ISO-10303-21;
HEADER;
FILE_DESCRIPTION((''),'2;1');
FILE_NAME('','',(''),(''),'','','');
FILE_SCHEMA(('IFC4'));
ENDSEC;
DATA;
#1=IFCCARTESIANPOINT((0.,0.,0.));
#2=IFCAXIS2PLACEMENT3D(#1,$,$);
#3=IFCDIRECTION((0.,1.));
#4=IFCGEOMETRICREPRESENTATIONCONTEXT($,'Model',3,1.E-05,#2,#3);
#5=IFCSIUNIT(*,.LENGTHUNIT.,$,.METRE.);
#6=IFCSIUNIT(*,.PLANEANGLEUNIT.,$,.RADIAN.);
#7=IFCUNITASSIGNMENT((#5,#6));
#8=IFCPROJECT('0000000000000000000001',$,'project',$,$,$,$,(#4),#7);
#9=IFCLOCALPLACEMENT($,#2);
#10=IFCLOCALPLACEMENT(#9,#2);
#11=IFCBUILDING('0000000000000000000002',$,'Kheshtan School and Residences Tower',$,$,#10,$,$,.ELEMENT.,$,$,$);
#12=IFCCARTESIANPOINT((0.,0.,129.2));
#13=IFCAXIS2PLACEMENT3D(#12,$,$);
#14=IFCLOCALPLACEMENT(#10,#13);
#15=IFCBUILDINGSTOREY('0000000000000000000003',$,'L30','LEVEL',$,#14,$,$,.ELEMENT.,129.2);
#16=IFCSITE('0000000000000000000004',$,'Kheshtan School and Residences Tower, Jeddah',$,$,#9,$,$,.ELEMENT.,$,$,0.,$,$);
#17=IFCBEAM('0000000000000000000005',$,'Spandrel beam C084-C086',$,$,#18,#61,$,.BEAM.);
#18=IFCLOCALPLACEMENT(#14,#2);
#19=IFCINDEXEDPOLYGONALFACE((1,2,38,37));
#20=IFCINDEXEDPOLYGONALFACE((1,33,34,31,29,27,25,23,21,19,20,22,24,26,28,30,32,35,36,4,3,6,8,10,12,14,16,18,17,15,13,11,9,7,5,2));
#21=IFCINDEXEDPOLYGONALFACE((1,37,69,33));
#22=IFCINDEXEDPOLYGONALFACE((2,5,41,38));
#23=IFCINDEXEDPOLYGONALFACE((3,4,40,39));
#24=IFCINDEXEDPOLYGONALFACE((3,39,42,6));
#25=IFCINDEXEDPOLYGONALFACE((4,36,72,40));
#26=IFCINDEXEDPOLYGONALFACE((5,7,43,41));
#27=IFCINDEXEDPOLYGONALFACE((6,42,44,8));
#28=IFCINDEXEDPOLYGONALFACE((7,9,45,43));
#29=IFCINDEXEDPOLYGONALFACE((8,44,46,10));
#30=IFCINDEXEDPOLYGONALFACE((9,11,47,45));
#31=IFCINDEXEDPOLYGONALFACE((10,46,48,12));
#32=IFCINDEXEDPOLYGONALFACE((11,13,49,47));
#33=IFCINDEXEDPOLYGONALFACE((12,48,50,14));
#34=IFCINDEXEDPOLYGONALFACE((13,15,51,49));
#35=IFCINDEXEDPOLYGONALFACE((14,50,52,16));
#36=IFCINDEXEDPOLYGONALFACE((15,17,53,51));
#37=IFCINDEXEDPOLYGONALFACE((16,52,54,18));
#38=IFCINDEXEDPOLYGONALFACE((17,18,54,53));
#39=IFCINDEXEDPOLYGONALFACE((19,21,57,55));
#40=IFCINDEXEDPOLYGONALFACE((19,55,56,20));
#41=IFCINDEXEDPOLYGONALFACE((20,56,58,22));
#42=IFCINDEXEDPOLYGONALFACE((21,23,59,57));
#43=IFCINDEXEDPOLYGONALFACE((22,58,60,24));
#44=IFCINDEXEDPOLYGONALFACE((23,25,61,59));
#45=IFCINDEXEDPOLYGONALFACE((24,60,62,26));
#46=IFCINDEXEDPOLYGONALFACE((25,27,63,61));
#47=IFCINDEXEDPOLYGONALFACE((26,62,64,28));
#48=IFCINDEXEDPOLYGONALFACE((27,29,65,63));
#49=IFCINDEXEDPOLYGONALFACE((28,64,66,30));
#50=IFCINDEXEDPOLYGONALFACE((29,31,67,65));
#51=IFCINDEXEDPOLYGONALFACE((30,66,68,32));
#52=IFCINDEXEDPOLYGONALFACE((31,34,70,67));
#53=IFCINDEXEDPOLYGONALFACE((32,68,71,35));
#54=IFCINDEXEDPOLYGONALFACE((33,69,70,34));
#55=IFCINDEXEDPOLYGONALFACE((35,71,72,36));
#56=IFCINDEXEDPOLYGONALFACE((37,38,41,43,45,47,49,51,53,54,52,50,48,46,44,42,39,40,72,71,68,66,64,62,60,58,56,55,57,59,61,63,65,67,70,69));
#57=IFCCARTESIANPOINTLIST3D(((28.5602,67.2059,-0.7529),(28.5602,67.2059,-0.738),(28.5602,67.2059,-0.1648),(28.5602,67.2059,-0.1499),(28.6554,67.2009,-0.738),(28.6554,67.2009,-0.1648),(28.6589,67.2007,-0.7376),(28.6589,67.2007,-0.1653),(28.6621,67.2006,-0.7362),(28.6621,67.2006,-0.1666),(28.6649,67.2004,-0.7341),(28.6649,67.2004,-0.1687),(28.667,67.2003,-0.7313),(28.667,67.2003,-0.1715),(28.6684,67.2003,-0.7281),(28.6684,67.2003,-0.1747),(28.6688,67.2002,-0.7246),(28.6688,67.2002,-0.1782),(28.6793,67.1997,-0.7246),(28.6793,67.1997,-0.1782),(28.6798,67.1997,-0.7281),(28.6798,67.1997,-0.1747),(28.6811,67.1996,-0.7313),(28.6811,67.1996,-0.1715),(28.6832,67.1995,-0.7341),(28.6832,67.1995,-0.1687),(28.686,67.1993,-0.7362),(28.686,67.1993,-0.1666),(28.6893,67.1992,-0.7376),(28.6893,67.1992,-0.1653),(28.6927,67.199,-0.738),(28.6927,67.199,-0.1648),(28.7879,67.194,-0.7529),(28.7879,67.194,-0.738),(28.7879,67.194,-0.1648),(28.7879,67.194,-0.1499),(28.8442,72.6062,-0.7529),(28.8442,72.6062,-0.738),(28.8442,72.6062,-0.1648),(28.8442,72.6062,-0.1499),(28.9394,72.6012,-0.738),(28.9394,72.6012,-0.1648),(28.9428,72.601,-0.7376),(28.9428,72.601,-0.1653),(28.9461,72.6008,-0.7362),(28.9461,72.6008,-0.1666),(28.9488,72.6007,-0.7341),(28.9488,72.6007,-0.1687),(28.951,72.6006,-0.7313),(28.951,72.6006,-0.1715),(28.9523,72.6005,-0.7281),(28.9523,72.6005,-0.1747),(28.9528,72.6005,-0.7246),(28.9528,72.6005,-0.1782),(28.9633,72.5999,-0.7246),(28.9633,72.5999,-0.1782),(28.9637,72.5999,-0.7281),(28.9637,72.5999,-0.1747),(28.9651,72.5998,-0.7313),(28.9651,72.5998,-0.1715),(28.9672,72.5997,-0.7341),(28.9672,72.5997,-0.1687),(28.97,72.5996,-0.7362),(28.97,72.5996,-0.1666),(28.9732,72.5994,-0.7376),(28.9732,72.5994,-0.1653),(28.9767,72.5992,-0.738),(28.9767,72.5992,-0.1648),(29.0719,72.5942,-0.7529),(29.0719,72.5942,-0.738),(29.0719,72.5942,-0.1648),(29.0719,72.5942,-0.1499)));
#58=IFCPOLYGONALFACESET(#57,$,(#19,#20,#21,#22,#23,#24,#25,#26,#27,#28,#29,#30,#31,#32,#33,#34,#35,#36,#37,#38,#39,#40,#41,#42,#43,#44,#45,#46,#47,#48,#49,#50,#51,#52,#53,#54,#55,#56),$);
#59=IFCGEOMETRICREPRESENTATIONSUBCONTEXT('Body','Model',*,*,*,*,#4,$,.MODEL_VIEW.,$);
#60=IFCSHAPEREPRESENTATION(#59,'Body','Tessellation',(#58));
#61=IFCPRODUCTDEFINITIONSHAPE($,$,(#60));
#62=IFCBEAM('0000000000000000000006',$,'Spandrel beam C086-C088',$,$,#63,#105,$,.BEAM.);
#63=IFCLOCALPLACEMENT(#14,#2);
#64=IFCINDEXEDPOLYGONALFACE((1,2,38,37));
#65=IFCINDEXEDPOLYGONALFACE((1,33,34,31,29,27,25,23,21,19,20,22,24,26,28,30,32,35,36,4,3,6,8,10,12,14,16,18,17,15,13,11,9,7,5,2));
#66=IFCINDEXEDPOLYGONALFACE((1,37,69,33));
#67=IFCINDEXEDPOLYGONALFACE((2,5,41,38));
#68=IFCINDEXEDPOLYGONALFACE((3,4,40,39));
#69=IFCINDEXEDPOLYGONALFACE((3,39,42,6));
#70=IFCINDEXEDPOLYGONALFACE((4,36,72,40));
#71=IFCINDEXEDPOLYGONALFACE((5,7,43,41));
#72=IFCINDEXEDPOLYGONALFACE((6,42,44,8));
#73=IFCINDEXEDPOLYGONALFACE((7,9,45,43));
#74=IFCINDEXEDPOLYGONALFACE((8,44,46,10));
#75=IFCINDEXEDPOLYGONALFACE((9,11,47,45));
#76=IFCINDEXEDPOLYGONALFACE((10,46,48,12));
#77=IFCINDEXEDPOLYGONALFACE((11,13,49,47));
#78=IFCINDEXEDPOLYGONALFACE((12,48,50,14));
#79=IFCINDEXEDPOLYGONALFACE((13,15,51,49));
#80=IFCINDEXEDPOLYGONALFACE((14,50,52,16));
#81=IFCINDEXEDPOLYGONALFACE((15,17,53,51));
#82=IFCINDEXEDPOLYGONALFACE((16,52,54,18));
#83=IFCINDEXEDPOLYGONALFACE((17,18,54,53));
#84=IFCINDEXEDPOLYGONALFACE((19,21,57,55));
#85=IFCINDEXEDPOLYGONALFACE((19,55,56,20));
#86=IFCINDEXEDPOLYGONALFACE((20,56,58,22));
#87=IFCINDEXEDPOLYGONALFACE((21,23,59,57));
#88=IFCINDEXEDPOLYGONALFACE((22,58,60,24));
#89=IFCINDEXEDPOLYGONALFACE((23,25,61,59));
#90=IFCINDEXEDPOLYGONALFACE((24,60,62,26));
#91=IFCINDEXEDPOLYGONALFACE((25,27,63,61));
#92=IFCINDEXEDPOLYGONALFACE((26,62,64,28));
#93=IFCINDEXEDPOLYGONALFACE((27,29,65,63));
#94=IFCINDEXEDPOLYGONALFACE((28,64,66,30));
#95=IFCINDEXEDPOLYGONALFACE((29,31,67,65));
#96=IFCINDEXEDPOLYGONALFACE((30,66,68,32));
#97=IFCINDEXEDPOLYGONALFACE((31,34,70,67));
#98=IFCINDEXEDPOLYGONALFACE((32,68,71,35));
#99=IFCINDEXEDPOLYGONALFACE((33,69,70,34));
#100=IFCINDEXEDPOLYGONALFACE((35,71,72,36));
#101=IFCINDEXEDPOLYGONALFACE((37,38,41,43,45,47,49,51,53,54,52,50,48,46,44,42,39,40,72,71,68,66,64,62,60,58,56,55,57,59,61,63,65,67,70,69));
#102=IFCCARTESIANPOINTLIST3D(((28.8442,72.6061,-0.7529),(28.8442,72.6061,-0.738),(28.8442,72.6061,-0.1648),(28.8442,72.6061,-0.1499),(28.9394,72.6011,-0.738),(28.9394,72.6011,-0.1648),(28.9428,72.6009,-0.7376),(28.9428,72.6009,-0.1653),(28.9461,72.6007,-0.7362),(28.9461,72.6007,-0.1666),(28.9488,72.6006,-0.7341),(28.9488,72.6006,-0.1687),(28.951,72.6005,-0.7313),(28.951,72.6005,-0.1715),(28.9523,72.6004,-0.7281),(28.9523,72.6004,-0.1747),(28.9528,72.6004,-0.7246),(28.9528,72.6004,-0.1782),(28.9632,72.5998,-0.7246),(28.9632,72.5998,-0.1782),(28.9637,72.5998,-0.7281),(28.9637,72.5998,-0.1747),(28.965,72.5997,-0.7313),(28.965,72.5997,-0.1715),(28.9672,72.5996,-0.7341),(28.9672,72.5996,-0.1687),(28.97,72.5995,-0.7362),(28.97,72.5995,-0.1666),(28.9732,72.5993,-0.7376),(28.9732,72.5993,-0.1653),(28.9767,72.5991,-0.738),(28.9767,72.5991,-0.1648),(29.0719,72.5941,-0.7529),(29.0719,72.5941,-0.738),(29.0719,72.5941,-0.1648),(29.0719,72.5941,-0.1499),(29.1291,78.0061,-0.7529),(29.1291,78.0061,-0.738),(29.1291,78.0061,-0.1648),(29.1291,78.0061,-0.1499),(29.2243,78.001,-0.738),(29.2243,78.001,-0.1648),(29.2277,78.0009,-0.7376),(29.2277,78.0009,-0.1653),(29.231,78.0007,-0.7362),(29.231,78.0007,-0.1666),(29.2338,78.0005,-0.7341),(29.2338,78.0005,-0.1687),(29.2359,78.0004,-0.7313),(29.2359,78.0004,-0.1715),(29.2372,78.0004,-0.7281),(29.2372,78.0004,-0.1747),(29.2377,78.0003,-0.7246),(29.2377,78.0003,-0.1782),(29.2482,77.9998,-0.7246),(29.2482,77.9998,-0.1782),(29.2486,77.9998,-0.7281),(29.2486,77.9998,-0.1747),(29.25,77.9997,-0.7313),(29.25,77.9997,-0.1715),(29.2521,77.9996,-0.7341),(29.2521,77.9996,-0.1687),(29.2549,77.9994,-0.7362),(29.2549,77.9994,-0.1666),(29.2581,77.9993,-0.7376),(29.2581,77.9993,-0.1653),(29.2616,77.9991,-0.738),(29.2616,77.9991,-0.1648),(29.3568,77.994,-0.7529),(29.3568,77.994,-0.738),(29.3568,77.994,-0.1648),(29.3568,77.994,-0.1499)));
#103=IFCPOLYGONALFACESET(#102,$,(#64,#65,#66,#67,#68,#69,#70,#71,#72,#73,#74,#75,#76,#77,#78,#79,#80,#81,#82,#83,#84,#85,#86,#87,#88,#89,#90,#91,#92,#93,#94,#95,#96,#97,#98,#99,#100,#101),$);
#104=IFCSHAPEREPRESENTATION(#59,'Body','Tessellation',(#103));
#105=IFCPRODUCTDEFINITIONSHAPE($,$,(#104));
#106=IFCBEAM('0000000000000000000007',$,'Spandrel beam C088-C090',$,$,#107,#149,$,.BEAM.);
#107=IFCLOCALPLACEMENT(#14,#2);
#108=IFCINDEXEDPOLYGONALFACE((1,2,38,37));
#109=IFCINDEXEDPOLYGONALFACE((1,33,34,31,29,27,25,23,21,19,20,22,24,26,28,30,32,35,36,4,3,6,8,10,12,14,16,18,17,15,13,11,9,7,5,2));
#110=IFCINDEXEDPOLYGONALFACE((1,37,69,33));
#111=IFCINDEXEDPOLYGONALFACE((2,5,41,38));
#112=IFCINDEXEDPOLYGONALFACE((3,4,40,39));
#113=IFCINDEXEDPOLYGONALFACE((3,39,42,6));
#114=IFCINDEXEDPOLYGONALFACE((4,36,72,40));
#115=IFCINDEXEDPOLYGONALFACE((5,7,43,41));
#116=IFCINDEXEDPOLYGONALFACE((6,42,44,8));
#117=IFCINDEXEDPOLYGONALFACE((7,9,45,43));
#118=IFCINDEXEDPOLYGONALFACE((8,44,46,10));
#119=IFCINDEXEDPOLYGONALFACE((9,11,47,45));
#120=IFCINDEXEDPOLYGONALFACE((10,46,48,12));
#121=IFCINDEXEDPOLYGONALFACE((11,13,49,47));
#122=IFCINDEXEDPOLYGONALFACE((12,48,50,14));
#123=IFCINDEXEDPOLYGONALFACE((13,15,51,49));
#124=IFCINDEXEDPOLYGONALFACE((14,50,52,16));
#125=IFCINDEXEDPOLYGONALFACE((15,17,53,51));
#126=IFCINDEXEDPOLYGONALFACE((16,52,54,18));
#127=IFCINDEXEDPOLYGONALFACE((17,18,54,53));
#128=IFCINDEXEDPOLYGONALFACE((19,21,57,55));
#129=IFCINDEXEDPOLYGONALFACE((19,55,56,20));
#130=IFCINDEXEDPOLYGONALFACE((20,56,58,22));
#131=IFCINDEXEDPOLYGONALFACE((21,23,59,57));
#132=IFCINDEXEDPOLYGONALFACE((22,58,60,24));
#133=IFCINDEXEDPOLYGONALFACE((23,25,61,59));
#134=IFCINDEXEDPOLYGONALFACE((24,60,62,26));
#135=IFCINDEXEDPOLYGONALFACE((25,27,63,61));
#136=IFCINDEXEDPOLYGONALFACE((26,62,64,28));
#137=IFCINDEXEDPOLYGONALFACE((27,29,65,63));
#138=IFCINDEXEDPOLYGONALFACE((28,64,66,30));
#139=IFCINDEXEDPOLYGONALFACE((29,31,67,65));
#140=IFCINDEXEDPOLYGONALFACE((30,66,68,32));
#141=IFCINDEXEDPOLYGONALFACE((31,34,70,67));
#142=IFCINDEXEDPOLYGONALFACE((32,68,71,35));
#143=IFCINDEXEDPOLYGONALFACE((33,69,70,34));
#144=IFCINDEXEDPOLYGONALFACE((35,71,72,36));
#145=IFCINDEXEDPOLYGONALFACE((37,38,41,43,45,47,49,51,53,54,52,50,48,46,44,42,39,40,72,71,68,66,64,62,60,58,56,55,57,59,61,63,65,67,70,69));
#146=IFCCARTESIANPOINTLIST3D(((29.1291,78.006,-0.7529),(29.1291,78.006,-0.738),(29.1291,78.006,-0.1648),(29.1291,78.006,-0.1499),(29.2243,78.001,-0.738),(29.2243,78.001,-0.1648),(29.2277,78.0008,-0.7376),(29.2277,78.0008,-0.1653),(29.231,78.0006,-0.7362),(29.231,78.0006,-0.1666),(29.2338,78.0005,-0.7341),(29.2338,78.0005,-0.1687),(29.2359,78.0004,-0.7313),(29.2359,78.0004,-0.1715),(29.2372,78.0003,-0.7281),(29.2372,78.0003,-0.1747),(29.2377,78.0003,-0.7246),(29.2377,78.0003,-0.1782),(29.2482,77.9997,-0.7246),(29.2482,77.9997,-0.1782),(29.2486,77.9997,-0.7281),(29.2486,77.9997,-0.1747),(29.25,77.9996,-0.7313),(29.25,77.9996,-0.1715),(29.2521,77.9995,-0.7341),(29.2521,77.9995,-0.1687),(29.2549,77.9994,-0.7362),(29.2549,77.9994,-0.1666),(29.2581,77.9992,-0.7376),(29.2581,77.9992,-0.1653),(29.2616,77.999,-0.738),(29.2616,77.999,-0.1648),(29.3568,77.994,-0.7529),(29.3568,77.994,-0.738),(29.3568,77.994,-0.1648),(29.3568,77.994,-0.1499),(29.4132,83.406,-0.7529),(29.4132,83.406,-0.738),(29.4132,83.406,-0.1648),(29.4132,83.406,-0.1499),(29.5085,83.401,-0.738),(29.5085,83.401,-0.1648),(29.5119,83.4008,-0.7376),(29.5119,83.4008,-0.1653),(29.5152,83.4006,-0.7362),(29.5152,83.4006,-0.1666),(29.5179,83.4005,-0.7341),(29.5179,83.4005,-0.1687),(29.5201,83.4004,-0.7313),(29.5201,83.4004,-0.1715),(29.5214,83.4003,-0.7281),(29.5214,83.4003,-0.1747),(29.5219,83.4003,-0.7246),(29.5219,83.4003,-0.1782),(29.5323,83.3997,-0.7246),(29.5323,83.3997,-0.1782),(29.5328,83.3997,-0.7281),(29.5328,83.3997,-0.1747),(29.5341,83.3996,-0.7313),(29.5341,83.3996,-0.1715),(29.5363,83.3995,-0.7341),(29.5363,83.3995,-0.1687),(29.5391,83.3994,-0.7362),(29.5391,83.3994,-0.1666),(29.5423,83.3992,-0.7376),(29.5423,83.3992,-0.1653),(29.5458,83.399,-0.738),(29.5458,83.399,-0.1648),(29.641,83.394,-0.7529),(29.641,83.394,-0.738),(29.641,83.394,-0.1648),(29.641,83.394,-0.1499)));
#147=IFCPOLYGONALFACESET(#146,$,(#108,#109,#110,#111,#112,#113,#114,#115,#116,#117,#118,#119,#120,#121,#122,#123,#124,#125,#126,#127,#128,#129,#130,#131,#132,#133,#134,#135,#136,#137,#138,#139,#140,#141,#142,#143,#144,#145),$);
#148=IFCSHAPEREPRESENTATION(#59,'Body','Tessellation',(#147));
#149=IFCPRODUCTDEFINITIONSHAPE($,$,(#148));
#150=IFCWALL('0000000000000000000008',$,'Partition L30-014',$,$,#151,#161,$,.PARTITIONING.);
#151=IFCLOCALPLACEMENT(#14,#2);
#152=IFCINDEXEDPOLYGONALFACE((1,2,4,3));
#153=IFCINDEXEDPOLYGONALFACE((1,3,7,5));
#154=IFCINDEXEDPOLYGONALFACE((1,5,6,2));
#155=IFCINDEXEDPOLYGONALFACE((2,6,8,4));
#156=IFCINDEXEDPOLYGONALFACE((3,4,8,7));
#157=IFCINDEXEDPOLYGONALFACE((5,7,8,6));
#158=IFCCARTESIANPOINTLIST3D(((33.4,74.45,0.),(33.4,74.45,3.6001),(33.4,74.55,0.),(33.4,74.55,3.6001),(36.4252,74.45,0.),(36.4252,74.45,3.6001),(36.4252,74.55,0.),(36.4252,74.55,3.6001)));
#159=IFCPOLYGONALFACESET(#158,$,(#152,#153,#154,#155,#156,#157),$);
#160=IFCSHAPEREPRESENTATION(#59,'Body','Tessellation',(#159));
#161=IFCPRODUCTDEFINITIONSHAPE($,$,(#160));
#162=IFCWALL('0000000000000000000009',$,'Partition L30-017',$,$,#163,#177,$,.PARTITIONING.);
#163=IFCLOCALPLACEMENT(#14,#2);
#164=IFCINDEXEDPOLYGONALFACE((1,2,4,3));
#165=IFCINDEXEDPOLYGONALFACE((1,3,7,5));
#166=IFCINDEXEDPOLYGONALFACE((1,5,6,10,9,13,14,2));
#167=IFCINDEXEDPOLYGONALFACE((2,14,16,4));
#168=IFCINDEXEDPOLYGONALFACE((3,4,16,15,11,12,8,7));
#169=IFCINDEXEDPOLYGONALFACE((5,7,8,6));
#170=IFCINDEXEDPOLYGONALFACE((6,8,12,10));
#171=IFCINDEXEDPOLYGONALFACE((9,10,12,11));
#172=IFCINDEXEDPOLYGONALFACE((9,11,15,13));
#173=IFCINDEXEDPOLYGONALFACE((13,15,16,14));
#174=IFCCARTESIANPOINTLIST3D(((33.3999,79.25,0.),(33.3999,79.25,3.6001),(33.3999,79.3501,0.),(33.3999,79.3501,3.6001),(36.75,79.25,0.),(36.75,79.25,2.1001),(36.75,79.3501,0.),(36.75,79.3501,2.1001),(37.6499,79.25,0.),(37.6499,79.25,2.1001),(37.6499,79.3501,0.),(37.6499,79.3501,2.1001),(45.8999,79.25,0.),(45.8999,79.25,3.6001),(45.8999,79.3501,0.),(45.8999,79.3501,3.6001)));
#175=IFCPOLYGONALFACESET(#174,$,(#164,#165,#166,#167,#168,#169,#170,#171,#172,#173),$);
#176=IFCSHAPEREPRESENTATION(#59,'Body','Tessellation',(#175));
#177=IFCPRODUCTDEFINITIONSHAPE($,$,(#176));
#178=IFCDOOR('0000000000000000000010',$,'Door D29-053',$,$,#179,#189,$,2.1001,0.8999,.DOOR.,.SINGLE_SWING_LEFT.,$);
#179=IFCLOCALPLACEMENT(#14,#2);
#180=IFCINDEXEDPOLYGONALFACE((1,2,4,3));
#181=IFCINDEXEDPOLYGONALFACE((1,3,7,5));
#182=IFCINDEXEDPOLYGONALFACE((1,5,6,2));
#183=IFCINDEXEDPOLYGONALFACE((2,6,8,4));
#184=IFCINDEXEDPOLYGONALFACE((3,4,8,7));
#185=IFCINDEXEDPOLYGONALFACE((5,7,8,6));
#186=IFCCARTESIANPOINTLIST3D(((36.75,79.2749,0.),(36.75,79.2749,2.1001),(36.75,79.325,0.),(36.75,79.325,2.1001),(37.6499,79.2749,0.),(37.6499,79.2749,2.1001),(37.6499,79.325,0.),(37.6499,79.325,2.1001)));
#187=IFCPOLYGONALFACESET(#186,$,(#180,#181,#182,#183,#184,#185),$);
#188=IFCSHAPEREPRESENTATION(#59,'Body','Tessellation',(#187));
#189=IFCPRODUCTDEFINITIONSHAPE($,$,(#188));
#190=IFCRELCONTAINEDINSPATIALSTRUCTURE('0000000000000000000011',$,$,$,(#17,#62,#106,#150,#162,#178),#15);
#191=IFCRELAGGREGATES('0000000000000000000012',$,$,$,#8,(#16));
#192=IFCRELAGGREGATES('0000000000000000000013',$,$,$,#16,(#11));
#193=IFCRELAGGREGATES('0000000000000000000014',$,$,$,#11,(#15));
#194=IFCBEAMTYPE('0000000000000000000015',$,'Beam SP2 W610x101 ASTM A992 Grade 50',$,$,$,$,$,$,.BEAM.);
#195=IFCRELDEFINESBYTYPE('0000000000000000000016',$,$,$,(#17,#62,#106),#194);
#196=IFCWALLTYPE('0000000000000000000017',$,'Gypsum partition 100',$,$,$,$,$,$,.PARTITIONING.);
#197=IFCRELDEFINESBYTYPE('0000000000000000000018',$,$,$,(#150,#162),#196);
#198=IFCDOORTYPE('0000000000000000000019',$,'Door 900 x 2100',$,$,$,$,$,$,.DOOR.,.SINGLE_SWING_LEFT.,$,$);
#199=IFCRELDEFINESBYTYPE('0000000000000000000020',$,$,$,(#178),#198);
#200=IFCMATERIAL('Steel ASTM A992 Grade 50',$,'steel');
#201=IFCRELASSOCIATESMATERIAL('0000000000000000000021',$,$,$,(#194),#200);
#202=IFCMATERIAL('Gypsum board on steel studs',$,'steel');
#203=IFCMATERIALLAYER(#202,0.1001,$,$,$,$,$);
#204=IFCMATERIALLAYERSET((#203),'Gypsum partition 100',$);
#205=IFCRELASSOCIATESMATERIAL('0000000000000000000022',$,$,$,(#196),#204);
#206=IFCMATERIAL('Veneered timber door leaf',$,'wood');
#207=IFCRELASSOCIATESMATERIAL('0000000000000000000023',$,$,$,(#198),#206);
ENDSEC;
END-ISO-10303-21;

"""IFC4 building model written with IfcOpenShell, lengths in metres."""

from ifc_helpers import new_model, si_unit, direction, frame, frame_2d, origin, origin_2d, place, context, subcontext, project, spatial, rectangle, i_section, extrude, source, transform, mapped, material, layer, layer_set, material_profile, profile_set, type_object, element, fill, save


model = new_model("IFC4")

# Units and contexts
model_context = context("Model", 3, precision=1e-05, world=origin(), true_north=direction((0.0, 1.0)))
body_context = subcontext(model_context, "Body", "Model", "MODEL_VIEW")
ifc_project = project(units=[si_unit("LENGTHUNIT", "METRE"), si_unit("PLANEANGLEUNIT", "RADIAN")], contexts=[model_context])

# Site, building, storey
site_placement = place(None, origin())
site = spatial("IfcSite", under=ifc_project, at=site_placement, Name="Kheshtan School and Residences Tower, Jeddah", CompositionType="ELEMENT", RefElevation=0.0)
building_placement = place(site_placement, origin())
building = spatial("IfcBuilding", under=site, at=building_placement, Name="Kheshtan School and Residences Tower", CompositionType="ELEMENT")
storey_placement = place(building_placement, frame((0.0, 0.0, 129.2)))
storey = spatial("IfcBuildingStorey", under=building, at=storey_placement, Name="L30", Description="LEVEL", CompositionType="ELEMENT", Elevation=129.2)

# Shared definitions
ifc_material_1 = material(Name="Steel ASTM A992 Grade 50", Category="steel")

# Beams
ifc_material_profile_1 = material_profile(ifc_material_1, i_section(OverallWidth=0.228, OverallDepth=0.603, WebThickness=0.0105, FlangeThickness=0.0149, FilletRadius=0.0134, at=origin_2d()), Name="W610x101")
ifc_profile_set_1 = profile_set([ifc_material_profile_1], Name="Steel ASTM A992 Grade 50")
beam_type_1 = type_object("IfcBeamType", Name="Beam SP2 W610x101 ASTM A992 Grade 50", PredefinedType="BEAM", material=ifc_profile_set_1)
beam_1_placement = place(storey_placement, frame((28.6741, 67.2, -0.4514), z_axis=(0.052507, 0.998621, 0.0), x_axis=(-0.998621, 0.052507, 0.0)))
element("IfcBeam", 1, at=beam_1_placement, inside=storey, type_object=beam_type_1, Name="Spandrel beam C084-C086", PredefinedType="BEAM", context=body_context, shape_type="SweptSolid", body=[
    extrude(i_section(OverallWidth=0.228, OverallDepth=0.603, WebThickness=0.0105, FlangeThickness=0.0149, FilletRadius=0.0134, at=origin_2d()), origin(), (0.0, 0.0, 1.0), 5.4077),
])
for number, where, z_axis, x_axis, name in (
    (2, (28.958, 72.6001, -0.4514), (0.052689, 0.998611, 0.0), (-0.998611, 0.052689, 0.0), "Spandrel beam C086-C088"),
    (3, (29.2429, 78.0, -0.4514), (0.052554, 0.998618, 0.0), (-0.998618, 0.052554, 0.0), "Spandrel beam C088-C090"),
):
    element("IfcBeam", number, at=place(storey_placement, frame(where, z_axis=z_axis, x_axis=x_axis)), inside=storey, type_object=beam_type_1, Name=name, PredefinedType="BEAM", context=body_context, shape_type="SweptSolid", body=[
        extrude(i_section(OverallWidth=0.228, OverallDepth=0.603, WebThickness=0.0105, FlangeThickness=0.0149, FilletRadius=0.0134, at=origin_2d()), origin(), (0.0, 0.0, 1.0), 5.4075),
    ])

# Wall
ifc_material_2 = material(Name="Gypsum board on steel studs", Category="steel")
ifc_layer_1 = layer(ifc_material_2, 0.1001)
ifc_layer_set_1 = layer_set([ifc_layer_1], Name="Gypsum partition 100")
wall_type_1 = type_object("IfcWallType", Name="Gypsum partition 100", PredefinedType="PARTITIONING", material=ifc_layer_set_1)
wall_1_placement = place(storey_placement, frame((33.3999, 74.5, 0.0), z_axis=(0.0, 0.0, 1.0), x_axis=(1.0, 0.0, 0.0)))
element("IfcWall", 4, at=wall_1_placement, inside=storey, type_object=wall_type_1, Name="Partition L30-014", PredefinedType="PARTITIONING", context=body_context, shape_type="SweptSolid", body=[
    extrude(rectangle(XDim=3.0251, YDim=0.1001, at=frame_2d((1.5127, 0.0))), origin(), (0.0, 0.0, 1.0), 3.6001),
])

# Wall, opening, door
wall_2_placement = place(storey_placement, frame((33.3999, 79.3, 0.0), z_axis=(0.0, 0.0, 1.0), x_axis=(1.0, 0.0, 0.0)))
wall_2 = element("IfcWall", 5, at=wall_2_placement, inside=storey, type_object=wall_type_1, Name="Partition L30-017", PredefinedType="PARTITIONING", context=body_context, shape_type="SweptSolid", body=[
    extrude(rectangle(XDim=12.5, YDim=0.1001, at=frame_2d((6.25, 0.0))), origin(), (0.0, 0.0, 1.0), 3.6001),
])
opening_1_placement = place(wall_2_placement, frame((3.3501, 0.0, 0.0)))
opening_1 = element("IfcOpeningElement", 6, at=opening_1_placement, cuts=wall_2, PredefinedType="OPENING", context=body_context, shape_type="SweptSolid", body=[
    extrude(rectangle(XDim=0.8999, YDim=2.1001, at=frame_2d((0.45, 1.05))), frame((0.0, 0.0601, 0.0), z_axis=(0.0, -1.0, 0.0), x_axis=(1.0, 0.0, 0.0)), (0.0, 0.0, 1.0), 0.1201),
])
ifc_material_3 = material(Name="Veneered timber door leaf", Category="wood")
door_type_1 = type_object("IfcDoorType", Name="Door 900 x 2100", OperationType="SINGLE_SWING_LEFT", PredefinedType="DOOR", material=ifc_material_3)
shared_shape_1 = source(origin(), body_context, "Body", "SweptSolid", [
    extrude(rectangle(XDim=0.8999, YDim=2.1001, at=frame_2d((0.45, 1.05))), frame((0.0, 0.0249, 0.0), z_axis=(0.0, -1.0, 0.0), x_axis=(1.0, 0.0, 0.0)), (0.0, 0.0, 1.0), 0.05),
])
door_1_placement = place(opening_1_placement, origin())
door_1 = element("IfcDoor", 7, at=door_1_placement, inside=storey, type_object=door_type_1, Name="Door D29-053", OperationType="SINGLE_SWING_LEFT", OverallHeight=2.1001, OverallWidth=0.8999, PredefinedType="DOOR", context=body_context, shape_type="MappedRepresentation", body=[
    mapped(shared_shape_1, transform((0.0, 0.0, 0.0), x_axis=(1.0, 0.0, 0.0), y_axis=(0.0, 1.0, 0.0), z_axis=(0.0, 0.0, 1.0), scale=1.0)),
])
fill(opening_1, door_1)

save(model, "model.ifc")
